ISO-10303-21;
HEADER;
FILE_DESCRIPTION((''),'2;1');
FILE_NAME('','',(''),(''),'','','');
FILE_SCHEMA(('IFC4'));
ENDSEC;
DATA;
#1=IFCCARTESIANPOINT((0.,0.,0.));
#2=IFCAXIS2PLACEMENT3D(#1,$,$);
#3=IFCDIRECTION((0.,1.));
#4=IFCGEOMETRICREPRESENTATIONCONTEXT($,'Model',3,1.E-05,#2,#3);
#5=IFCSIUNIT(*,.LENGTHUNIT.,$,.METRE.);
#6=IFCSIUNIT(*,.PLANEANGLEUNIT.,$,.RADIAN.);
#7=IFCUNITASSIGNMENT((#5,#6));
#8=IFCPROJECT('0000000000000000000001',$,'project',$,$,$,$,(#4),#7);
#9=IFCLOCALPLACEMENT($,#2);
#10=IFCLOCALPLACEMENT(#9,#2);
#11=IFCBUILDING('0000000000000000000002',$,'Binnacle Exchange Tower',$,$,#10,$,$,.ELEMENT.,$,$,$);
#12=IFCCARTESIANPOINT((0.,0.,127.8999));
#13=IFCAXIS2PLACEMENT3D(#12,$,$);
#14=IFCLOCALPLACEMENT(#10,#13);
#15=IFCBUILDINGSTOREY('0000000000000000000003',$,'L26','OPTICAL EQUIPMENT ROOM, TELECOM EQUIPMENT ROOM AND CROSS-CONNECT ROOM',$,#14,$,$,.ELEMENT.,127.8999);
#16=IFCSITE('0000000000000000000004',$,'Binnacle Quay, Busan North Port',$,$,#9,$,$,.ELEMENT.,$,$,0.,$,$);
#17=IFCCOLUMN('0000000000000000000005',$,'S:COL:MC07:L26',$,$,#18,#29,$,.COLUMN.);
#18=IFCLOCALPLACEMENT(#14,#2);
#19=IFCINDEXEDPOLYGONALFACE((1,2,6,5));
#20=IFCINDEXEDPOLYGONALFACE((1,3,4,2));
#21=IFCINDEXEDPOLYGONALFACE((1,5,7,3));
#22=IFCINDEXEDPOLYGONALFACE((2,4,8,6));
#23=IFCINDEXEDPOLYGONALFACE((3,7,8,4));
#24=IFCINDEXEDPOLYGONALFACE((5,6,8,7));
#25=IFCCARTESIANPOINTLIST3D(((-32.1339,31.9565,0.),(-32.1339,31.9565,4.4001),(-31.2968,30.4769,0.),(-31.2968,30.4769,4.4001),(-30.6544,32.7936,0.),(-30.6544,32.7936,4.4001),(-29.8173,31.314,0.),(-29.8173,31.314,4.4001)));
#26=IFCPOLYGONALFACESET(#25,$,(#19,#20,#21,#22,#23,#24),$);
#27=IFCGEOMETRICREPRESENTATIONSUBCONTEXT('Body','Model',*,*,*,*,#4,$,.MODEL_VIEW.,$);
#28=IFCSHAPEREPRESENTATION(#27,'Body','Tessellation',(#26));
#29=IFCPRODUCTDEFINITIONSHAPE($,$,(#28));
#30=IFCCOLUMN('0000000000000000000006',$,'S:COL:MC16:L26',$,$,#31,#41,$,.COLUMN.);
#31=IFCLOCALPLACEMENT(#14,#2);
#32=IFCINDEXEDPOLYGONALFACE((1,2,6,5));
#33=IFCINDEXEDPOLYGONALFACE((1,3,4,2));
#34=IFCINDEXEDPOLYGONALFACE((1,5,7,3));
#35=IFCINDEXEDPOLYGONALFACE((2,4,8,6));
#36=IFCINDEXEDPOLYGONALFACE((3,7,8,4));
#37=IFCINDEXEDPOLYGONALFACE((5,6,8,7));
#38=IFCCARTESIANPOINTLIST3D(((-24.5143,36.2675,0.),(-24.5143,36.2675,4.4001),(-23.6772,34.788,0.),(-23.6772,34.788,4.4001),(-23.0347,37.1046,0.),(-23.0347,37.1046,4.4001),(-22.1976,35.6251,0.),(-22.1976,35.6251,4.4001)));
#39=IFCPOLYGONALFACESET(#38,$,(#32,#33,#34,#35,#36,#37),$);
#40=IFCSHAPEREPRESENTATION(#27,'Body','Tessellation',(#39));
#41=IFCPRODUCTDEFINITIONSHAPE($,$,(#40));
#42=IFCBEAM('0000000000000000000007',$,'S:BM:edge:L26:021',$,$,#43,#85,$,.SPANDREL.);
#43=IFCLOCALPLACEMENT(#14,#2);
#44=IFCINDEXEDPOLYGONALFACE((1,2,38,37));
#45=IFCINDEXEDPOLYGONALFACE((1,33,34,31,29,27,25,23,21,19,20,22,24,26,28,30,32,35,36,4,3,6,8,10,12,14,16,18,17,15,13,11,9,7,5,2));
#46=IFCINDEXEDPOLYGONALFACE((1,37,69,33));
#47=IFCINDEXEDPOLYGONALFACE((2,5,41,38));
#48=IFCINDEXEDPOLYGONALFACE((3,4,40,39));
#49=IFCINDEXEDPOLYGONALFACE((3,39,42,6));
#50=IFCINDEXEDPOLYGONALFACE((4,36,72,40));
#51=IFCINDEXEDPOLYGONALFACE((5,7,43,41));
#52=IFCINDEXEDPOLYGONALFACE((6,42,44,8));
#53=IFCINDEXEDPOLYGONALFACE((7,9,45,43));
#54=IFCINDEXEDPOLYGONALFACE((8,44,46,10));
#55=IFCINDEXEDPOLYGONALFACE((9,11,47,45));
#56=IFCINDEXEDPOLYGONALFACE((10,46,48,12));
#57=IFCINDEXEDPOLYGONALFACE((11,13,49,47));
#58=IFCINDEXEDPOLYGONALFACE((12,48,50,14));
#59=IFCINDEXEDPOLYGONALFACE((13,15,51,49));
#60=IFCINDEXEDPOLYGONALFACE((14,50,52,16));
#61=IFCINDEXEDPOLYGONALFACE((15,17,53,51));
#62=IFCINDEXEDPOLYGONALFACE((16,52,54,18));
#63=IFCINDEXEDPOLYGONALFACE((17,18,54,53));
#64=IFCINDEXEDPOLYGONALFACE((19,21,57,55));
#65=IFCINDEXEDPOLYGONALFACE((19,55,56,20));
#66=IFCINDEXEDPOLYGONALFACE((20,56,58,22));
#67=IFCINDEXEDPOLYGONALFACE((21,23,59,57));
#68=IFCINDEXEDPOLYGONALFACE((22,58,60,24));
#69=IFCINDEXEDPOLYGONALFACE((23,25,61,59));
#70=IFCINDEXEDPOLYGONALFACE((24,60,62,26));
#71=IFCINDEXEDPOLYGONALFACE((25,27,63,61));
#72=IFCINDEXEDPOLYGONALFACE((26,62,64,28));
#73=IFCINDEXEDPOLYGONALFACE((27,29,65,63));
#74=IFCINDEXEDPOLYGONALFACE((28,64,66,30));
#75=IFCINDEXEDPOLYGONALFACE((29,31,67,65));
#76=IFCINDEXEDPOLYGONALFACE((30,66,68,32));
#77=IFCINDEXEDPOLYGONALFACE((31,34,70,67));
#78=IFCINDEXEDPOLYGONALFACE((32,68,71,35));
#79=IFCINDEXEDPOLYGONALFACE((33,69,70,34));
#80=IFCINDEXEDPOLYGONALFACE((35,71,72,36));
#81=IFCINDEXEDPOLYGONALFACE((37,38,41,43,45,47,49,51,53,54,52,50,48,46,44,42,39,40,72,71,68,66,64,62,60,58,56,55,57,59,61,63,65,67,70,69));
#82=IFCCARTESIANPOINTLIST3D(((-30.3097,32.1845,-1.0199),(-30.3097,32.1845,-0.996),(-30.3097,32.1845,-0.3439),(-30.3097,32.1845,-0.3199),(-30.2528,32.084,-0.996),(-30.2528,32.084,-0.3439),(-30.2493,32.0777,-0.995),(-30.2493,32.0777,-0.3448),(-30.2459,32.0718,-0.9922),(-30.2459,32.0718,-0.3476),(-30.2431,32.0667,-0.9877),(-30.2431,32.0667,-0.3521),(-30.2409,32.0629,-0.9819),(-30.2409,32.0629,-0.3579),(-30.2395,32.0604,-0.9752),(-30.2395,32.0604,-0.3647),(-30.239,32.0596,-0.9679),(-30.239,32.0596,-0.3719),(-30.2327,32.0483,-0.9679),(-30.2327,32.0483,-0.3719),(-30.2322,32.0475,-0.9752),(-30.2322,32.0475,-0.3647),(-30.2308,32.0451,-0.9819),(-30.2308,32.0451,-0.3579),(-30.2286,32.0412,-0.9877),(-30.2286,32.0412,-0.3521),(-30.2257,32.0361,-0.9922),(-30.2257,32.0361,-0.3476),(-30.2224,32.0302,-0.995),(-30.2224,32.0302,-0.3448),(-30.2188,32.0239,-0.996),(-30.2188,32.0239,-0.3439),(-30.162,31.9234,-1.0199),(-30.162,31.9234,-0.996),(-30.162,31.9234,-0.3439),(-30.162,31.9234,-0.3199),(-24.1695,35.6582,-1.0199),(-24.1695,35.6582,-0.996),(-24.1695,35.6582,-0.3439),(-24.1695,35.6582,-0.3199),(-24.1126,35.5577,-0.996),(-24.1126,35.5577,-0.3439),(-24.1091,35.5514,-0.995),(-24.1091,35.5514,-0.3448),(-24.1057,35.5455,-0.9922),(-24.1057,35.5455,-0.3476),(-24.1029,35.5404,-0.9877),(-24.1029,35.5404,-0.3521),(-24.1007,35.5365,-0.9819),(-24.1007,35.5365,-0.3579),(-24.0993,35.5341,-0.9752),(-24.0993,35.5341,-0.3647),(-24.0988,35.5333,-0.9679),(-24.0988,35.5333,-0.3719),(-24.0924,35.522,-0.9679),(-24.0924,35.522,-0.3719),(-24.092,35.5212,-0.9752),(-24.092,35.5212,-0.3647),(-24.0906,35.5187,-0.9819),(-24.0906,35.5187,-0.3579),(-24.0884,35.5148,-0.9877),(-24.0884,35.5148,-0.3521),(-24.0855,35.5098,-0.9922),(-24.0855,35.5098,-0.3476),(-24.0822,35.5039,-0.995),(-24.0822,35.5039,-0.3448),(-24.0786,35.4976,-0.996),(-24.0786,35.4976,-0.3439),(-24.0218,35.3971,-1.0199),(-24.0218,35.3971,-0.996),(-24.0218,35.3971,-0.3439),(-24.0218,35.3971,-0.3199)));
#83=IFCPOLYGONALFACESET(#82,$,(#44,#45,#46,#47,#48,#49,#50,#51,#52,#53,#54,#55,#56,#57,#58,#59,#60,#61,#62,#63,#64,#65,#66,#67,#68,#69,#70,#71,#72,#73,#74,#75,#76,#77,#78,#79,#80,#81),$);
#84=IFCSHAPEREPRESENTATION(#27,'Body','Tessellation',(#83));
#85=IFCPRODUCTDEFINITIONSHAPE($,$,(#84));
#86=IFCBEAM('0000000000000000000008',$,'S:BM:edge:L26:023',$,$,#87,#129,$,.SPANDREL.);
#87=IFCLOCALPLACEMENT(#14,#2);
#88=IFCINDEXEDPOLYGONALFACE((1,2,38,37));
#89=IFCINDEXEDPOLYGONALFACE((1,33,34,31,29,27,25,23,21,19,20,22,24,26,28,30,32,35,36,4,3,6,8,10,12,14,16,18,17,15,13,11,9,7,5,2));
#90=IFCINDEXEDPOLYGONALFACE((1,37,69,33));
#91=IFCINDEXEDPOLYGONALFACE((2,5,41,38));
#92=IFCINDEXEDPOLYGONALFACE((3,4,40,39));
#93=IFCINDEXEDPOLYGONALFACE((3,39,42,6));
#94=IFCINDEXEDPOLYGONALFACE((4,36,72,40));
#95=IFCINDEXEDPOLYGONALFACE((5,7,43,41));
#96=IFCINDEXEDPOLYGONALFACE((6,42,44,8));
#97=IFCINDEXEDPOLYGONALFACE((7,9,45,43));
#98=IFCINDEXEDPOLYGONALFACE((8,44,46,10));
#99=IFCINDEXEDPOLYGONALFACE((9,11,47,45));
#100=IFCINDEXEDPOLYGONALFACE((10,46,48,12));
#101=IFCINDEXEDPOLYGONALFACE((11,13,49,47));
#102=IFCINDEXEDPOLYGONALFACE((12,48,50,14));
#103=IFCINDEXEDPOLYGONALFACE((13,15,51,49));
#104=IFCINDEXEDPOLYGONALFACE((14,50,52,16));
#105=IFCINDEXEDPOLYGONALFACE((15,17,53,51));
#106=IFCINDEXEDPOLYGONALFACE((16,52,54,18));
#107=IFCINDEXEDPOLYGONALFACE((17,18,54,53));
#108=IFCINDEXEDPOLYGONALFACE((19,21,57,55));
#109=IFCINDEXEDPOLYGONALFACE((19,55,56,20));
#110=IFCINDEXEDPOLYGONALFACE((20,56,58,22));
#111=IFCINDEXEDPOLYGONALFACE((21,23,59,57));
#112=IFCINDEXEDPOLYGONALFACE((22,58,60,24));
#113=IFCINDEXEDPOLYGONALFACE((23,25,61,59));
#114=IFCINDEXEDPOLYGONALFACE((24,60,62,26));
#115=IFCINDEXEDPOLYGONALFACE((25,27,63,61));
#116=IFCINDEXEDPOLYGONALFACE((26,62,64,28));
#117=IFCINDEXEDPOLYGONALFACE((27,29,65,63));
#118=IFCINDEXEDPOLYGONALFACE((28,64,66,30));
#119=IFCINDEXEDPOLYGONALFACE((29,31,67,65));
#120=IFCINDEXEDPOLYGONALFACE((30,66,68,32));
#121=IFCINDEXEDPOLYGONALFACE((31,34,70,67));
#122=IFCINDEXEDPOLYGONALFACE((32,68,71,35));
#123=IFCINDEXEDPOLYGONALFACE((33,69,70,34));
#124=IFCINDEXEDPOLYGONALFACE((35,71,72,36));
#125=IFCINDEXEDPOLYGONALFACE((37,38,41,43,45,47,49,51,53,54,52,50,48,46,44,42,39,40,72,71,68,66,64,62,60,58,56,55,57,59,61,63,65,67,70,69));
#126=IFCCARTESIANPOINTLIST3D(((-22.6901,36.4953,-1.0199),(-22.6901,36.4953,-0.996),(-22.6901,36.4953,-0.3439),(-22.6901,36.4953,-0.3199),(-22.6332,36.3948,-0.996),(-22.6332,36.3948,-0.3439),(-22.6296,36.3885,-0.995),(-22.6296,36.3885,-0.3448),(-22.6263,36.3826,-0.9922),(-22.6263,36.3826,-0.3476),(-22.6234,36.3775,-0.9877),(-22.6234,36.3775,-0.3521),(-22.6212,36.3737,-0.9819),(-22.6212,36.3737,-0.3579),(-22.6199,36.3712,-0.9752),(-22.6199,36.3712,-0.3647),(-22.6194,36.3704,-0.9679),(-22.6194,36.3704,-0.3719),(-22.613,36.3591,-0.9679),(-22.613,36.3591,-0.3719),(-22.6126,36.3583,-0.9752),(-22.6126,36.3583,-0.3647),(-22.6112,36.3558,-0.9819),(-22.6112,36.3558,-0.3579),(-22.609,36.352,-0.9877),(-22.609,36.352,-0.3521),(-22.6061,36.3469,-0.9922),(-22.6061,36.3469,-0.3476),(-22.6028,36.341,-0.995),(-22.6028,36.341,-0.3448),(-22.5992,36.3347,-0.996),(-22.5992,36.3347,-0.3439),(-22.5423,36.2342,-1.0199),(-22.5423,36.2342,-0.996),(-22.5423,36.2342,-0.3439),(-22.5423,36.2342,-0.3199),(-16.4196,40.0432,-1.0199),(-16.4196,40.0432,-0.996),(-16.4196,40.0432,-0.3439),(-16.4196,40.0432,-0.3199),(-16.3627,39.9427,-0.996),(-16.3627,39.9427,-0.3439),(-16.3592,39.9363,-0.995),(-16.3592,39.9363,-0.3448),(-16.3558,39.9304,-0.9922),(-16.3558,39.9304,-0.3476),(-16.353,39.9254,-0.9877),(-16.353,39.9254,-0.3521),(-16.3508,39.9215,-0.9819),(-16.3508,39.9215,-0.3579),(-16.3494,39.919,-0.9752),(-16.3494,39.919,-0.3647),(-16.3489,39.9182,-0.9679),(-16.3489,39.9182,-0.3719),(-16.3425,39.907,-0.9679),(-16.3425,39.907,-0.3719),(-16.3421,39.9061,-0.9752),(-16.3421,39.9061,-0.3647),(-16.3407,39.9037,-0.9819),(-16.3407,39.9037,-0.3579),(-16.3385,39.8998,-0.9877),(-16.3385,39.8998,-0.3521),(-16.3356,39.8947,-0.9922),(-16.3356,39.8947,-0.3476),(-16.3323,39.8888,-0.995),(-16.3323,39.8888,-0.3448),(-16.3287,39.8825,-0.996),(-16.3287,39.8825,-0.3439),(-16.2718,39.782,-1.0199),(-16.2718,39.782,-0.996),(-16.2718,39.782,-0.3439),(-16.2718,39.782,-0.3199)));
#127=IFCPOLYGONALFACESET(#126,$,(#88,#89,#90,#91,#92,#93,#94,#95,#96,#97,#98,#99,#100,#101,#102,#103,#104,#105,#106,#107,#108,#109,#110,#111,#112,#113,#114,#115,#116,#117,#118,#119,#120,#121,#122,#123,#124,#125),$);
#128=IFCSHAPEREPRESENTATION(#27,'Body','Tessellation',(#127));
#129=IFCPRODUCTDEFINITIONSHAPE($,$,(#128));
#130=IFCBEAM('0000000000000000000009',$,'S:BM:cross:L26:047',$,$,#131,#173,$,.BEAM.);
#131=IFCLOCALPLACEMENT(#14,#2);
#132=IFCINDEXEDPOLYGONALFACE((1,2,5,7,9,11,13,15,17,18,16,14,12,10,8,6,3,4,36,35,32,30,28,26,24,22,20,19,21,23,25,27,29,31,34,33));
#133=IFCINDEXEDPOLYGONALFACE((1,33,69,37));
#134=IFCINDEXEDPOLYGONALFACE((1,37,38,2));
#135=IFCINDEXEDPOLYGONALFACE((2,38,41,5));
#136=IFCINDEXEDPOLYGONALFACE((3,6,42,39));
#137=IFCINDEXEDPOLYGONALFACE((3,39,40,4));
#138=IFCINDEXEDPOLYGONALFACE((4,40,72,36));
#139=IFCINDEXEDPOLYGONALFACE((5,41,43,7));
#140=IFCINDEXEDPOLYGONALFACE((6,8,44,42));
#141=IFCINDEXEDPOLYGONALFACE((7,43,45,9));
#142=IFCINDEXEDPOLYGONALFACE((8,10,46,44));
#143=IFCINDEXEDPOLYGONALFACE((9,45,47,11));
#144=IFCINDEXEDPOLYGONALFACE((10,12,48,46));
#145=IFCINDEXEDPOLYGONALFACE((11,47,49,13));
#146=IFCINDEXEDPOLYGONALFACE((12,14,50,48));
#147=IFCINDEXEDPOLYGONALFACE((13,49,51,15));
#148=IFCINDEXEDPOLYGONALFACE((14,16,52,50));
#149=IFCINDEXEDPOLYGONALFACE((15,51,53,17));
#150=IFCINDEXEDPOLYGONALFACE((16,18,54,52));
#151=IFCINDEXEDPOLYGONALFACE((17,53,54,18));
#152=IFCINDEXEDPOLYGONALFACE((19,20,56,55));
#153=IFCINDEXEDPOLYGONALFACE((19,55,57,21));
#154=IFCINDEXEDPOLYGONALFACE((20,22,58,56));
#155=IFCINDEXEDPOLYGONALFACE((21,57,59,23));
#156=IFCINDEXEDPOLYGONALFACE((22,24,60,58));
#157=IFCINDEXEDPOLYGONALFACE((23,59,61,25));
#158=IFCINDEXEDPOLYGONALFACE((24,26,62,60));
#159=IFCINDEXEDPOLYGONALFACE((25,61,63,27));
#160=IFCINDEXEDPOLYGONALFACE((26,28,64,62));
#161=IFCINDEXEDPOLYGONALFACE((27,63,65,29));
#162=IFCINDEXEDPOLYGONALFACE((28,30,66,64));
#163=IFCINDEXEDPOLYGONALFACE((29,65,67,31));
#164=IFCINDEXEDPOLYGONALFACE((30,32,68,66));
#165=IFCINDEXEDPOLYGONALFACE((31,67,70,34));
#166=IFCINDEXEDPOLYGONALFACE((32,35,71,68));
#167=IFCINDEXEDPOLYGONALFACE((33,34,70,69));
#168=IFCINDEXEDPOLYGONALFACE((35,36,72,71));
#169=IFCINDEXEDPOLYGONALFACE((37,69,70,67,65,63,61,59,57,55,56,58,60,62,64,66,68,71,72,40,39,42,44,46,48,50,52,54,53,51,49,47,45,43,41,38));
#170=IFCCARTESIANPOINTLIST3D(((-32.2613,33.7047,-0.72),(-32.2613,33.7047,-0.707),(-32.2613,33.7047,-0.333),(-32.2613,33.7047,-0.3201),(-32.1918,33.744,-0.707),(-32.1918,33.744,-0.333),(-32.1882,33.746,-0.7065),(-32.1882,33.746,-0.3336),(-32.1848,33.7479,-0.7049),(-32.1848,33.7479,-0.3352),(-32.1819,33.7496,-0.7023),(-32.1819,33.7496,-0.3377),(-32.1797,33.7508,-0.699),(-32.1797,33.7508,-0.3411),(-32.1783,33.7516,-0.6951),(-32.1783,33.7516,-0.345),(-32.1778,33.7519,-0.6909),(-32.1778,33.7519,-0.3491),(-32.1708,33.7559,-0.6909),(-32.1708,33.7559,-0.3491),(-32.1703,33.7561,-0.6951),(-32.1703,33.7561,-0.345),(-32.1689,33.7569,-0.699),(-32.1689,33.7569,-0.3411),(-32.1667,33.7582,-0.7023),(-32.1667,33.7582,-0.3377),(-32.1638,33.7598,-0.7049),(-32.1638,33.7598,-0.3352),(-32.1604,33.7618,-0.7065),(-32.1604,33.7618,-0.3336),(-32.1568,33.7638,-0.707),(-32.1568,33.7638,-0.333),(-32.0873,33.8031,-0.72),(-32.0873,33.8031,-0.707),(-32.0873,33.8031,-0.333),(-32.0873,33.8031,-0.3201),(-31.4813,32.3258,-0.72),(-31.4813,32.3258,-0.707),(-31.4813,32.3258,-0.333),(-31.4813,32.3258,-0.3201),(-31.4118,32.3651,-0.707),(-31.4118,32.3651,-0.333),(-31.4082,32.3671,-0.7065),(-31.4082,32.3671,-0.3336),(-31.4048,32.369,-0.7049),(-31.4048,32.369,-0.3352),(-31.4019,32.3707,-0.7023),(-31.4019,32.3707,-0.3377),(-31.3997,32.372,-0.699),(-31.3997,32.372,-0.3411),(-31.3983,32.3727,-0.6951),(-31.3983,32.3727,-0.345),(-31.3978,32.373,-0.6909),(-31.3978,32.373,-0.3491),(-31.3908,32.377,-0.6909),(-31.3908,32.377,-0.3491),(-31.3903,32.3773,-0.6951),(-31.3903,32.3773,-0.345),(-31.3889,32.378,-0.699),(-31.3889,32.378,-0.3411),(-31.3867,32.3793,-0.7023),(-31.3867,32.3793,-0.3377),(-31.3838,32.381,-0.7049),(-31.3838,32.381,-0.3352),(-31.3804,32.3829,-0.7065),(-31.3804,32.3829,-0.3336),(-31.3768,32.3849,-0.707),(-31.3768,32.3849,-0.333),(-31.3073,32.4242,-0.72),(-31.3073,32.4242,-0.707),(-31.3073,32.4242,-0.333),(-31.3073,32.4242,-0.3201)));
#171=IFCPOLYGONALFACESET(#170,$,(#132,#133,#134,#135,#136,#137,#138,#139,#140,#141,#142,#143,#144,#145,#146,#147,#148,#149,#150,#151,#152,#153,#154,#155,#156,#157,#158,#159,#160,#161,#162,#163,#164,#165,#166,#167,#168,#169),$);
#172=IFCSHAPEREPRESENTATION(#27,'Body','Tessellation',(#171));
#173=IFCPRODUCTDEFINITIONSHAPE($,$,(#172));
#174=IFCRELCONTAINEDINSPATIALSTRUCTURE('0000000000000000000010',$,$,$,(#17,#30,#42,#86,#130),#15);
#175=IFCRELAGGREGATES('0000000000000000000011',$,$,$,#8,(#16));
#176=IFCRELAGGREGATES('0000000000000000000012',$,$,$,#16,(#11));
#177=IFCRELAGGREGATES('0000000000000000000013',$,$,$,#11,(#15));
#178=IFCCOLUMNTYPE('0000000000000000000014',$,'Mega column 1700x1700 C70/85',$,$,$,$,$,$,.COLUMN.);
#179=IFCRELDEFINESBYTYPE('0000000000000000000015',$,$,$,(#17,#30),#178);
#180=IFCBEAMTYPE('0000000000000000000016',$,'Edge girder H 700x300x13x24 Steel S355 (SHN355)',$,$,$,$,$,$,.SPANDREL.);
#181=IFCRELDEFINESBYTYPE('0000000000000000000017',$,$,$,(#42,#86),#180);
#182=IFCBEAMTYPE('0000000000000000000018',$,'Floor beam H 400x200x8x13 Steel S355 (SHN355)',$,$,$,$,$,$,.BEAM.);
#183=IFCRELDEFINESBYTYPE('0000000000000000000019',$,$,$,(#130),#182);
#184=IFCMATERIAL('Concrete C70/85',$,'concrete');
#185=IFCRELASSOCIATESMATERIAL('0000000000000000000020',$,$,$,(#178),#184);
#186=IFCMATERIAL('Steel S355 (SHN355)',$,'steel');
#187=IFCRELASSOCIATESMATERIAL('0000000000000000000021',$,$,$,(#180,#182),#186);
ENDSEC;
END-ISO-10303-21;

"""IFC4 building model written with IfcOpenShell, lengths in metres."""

from ifc_helpers import new_model, si_unit, direction, frame, origin, origin_2d, place, context, subcontext, project, spatial, rectangle, i_section, extrude, material, material_profile, profile_set, type_object, element, save


model = new_model("IFC4")

# Units and contexts
model_context = context("Model", 3, precision=1e-05, world=origin(), true_north=direction((0.0, 1.0)))
body_context = subcontext(model_context, "Body", "Model", "MODEL_VIEW")
ifc_project = project(units=[si_unit("LENGTHUNIT", "METRE"), si_unit("PLANEANGLEUNIT", "RADIAN")], contexts=[model_context])

# Site, building, storey
site_placement = place(None, origin())
site = spatial("IfcSite", under=ifc_project, at=site_placement, Name="Binnacle Quay, Busan North Port", CompositionType="ELEMENT", RefElevation=0.0)
building_placement = place(site_placement, origin())
building = spatial("IfcBuilding", under=site, at=building_placement, Name="Binnacle Exchange Tower", CompositionType="ELEMENT")
storey_placement = place(building_placement, frame((0.0, 0.0, 127.8999)))
storey = spatial("IfcBuildingStorey", under=building, at=storey_placement, Name="L26", Description="OPTICAL EQUIPMENT ROOM, TELECOM EQUIPMENT ROOM AND CROSS-CONNECT ROOM", CompositionType="ELEMENT", Elevation=127.8999)

# Columns
ifc_material_1 = material(Name="Concrete C70/85", Category="concrete")
ifc_material_profile_1 = material_profile(ifc_material_1, rectangle(XDim=1.7, YDim=1.7, at=origin_2d()), Name="Mega column 1700x1700 C70/85")
ifc_profile_set_1 = profile_set([ifc_material_profile_1], Name="Concrete C70/85")
column_type = type_object("IfcColumnType", Name="Mega column 1700x1700 C70/85", PredefinedType="COLUMN", material=ifc_profile_set_1)
for number, where, z_axis, x_axis, name in (
    (1, (-30.9756, 31.6353, 0.0), (0.0, 0.0, 1.0), (0.870356, 0.492424, 0.0), "S:COL:MC07:L26"),
    (2, (-23.356, 35.9463, 0.0), (0.0, 0.0, 1.0), (0.870356, 0.492424, 0.0), "S:COL:MC16:L26"),
):
    element("IfcColumn", number, at=place(storey_placement, frame(where, z_axis=z_axis, x_axis=x_axis)), inside=storey, type_object=column_type, Name=name, PredefinedType="COLUMN", context=body_context, shape_type="SweptSolid", body=[
        extrude(rectangle(XDim=1.7, YDim=1.7, at=origin_2d()), origin(), (0.0, 0.0, 1.0), 4.4001),
    ])

# Beams
ifc_material_2 = material(Name="Steel S355 (SHN355)", Category="steel")
ifc_material_profile_2 = material_profile(ifc_material_2, i_section(OverallWidth=0.3, OverallDepth=0.7, WebThickness=0.0129, FlangeThickness=0.0239, FilletRadius=0.0281, at=origin_2d()), Name="H 700x300x13x24")
ifc_profile_set_2 = profile_set([ifc_material_profile_2], Name="Steel S355 (SHN355)")
beam_type_1 = type_object("IfcBeamType", Name="Edge girder H 700x300x13x24 Steel S355 (SHN355)", PredefinedType="SPANDREL", material=ifc_profile_set_2)
beam_1_placement = place(storey_placement, frame((-30.2358, 32.054, -0.6699), z_axis=(0.870373, 0.492392, 0.0), x_axis=(-0.492392, 0.870373, 0.0)))
element("IfcBeam", 3, at=beam_1_placement, inside=storey, type_object=beam_type_1, Name="S:BM:edge:L26:021", PredefinedType="SPANDREL", context=body_context, shape_type="SweptSolid", body=[
    extrude(i_section(OverallWidth=0.3, OverallDepth=0.7, WebThickness=0.0129, FlangeThickness=0.0239, FilletRadius=0.0281, at=origin_2d()), origin(), (0.0, 0.0, 1.0), 7.0547),
])
beam_2_placement = place(storey_placement, frame((-22.6162, 36.3647, -0.6699), z_axis=(0.870346, 0.492441, 0.0), x_axis=(-0.492441, 0.870346, 0.0)))
element("IfcBeam", 4, at=beam_2_placement, inside=storey, type_object=beam_type_1, Name="S:BM:edge:L26:023", PredefinedType="SPANDREL", context=body_context, shape_type="SweptSolid", body=[
    extrude(i_section(OverallWidth=0.3, OverallDepth=0.7, WebThickness=0.0129, FlangeThickness=0.0239, FilletRadius=0.0281, at=origin_2d()), origin(), (0.0, 0.0, 1.0), 7.2046),
])
ifc_material_profile_3 = material_profile(ifc_material_2, i_section(OverallWidth=0.2, OverallDepth=0.3999, WebThickness=0.0081, FlangeThickness=0.0129, FilletRadius=0.0161, at=origin_2d()), Name="H 400x200x8x13")
ifc_profile_set_3 = profile_set([ifc_material_profile_3], Name="Steel S355 (SHN355)")
beam_type_2 = type_object("IfcBeamType", Name="Floor beam H 400x200x8x13 Steel S355 (SHN355)", PredefinedType="BEAM", material=ifc_profile_set_3)
beam_3_placement = place(storey_placement, frame((-31.3943, 32.375, -0.52), z_axis=(-0.492367, 0.870388, 0.0), x_axis=(-0.870388, -0.492367, 0.0)))
element("IfcBeam", 5, at=beam_3_placement, inside=storey, type_object=beam_type_2, Name="S:BM:cross:L26:047", PredefinedType="BEAM", context=body_context, shape_type="SweptSolid", body=[
    extrude(i_section(OverallWidth=0.2, OverallDepth=0.3999, WebThickness=0.0081, FlangeThickness=0.0129, FilletRadius=0.0161, at=origin_2d()), origin(), (0.0, 0.0, 1.0), 1.5842),
])

save(model, "model.ifc")
